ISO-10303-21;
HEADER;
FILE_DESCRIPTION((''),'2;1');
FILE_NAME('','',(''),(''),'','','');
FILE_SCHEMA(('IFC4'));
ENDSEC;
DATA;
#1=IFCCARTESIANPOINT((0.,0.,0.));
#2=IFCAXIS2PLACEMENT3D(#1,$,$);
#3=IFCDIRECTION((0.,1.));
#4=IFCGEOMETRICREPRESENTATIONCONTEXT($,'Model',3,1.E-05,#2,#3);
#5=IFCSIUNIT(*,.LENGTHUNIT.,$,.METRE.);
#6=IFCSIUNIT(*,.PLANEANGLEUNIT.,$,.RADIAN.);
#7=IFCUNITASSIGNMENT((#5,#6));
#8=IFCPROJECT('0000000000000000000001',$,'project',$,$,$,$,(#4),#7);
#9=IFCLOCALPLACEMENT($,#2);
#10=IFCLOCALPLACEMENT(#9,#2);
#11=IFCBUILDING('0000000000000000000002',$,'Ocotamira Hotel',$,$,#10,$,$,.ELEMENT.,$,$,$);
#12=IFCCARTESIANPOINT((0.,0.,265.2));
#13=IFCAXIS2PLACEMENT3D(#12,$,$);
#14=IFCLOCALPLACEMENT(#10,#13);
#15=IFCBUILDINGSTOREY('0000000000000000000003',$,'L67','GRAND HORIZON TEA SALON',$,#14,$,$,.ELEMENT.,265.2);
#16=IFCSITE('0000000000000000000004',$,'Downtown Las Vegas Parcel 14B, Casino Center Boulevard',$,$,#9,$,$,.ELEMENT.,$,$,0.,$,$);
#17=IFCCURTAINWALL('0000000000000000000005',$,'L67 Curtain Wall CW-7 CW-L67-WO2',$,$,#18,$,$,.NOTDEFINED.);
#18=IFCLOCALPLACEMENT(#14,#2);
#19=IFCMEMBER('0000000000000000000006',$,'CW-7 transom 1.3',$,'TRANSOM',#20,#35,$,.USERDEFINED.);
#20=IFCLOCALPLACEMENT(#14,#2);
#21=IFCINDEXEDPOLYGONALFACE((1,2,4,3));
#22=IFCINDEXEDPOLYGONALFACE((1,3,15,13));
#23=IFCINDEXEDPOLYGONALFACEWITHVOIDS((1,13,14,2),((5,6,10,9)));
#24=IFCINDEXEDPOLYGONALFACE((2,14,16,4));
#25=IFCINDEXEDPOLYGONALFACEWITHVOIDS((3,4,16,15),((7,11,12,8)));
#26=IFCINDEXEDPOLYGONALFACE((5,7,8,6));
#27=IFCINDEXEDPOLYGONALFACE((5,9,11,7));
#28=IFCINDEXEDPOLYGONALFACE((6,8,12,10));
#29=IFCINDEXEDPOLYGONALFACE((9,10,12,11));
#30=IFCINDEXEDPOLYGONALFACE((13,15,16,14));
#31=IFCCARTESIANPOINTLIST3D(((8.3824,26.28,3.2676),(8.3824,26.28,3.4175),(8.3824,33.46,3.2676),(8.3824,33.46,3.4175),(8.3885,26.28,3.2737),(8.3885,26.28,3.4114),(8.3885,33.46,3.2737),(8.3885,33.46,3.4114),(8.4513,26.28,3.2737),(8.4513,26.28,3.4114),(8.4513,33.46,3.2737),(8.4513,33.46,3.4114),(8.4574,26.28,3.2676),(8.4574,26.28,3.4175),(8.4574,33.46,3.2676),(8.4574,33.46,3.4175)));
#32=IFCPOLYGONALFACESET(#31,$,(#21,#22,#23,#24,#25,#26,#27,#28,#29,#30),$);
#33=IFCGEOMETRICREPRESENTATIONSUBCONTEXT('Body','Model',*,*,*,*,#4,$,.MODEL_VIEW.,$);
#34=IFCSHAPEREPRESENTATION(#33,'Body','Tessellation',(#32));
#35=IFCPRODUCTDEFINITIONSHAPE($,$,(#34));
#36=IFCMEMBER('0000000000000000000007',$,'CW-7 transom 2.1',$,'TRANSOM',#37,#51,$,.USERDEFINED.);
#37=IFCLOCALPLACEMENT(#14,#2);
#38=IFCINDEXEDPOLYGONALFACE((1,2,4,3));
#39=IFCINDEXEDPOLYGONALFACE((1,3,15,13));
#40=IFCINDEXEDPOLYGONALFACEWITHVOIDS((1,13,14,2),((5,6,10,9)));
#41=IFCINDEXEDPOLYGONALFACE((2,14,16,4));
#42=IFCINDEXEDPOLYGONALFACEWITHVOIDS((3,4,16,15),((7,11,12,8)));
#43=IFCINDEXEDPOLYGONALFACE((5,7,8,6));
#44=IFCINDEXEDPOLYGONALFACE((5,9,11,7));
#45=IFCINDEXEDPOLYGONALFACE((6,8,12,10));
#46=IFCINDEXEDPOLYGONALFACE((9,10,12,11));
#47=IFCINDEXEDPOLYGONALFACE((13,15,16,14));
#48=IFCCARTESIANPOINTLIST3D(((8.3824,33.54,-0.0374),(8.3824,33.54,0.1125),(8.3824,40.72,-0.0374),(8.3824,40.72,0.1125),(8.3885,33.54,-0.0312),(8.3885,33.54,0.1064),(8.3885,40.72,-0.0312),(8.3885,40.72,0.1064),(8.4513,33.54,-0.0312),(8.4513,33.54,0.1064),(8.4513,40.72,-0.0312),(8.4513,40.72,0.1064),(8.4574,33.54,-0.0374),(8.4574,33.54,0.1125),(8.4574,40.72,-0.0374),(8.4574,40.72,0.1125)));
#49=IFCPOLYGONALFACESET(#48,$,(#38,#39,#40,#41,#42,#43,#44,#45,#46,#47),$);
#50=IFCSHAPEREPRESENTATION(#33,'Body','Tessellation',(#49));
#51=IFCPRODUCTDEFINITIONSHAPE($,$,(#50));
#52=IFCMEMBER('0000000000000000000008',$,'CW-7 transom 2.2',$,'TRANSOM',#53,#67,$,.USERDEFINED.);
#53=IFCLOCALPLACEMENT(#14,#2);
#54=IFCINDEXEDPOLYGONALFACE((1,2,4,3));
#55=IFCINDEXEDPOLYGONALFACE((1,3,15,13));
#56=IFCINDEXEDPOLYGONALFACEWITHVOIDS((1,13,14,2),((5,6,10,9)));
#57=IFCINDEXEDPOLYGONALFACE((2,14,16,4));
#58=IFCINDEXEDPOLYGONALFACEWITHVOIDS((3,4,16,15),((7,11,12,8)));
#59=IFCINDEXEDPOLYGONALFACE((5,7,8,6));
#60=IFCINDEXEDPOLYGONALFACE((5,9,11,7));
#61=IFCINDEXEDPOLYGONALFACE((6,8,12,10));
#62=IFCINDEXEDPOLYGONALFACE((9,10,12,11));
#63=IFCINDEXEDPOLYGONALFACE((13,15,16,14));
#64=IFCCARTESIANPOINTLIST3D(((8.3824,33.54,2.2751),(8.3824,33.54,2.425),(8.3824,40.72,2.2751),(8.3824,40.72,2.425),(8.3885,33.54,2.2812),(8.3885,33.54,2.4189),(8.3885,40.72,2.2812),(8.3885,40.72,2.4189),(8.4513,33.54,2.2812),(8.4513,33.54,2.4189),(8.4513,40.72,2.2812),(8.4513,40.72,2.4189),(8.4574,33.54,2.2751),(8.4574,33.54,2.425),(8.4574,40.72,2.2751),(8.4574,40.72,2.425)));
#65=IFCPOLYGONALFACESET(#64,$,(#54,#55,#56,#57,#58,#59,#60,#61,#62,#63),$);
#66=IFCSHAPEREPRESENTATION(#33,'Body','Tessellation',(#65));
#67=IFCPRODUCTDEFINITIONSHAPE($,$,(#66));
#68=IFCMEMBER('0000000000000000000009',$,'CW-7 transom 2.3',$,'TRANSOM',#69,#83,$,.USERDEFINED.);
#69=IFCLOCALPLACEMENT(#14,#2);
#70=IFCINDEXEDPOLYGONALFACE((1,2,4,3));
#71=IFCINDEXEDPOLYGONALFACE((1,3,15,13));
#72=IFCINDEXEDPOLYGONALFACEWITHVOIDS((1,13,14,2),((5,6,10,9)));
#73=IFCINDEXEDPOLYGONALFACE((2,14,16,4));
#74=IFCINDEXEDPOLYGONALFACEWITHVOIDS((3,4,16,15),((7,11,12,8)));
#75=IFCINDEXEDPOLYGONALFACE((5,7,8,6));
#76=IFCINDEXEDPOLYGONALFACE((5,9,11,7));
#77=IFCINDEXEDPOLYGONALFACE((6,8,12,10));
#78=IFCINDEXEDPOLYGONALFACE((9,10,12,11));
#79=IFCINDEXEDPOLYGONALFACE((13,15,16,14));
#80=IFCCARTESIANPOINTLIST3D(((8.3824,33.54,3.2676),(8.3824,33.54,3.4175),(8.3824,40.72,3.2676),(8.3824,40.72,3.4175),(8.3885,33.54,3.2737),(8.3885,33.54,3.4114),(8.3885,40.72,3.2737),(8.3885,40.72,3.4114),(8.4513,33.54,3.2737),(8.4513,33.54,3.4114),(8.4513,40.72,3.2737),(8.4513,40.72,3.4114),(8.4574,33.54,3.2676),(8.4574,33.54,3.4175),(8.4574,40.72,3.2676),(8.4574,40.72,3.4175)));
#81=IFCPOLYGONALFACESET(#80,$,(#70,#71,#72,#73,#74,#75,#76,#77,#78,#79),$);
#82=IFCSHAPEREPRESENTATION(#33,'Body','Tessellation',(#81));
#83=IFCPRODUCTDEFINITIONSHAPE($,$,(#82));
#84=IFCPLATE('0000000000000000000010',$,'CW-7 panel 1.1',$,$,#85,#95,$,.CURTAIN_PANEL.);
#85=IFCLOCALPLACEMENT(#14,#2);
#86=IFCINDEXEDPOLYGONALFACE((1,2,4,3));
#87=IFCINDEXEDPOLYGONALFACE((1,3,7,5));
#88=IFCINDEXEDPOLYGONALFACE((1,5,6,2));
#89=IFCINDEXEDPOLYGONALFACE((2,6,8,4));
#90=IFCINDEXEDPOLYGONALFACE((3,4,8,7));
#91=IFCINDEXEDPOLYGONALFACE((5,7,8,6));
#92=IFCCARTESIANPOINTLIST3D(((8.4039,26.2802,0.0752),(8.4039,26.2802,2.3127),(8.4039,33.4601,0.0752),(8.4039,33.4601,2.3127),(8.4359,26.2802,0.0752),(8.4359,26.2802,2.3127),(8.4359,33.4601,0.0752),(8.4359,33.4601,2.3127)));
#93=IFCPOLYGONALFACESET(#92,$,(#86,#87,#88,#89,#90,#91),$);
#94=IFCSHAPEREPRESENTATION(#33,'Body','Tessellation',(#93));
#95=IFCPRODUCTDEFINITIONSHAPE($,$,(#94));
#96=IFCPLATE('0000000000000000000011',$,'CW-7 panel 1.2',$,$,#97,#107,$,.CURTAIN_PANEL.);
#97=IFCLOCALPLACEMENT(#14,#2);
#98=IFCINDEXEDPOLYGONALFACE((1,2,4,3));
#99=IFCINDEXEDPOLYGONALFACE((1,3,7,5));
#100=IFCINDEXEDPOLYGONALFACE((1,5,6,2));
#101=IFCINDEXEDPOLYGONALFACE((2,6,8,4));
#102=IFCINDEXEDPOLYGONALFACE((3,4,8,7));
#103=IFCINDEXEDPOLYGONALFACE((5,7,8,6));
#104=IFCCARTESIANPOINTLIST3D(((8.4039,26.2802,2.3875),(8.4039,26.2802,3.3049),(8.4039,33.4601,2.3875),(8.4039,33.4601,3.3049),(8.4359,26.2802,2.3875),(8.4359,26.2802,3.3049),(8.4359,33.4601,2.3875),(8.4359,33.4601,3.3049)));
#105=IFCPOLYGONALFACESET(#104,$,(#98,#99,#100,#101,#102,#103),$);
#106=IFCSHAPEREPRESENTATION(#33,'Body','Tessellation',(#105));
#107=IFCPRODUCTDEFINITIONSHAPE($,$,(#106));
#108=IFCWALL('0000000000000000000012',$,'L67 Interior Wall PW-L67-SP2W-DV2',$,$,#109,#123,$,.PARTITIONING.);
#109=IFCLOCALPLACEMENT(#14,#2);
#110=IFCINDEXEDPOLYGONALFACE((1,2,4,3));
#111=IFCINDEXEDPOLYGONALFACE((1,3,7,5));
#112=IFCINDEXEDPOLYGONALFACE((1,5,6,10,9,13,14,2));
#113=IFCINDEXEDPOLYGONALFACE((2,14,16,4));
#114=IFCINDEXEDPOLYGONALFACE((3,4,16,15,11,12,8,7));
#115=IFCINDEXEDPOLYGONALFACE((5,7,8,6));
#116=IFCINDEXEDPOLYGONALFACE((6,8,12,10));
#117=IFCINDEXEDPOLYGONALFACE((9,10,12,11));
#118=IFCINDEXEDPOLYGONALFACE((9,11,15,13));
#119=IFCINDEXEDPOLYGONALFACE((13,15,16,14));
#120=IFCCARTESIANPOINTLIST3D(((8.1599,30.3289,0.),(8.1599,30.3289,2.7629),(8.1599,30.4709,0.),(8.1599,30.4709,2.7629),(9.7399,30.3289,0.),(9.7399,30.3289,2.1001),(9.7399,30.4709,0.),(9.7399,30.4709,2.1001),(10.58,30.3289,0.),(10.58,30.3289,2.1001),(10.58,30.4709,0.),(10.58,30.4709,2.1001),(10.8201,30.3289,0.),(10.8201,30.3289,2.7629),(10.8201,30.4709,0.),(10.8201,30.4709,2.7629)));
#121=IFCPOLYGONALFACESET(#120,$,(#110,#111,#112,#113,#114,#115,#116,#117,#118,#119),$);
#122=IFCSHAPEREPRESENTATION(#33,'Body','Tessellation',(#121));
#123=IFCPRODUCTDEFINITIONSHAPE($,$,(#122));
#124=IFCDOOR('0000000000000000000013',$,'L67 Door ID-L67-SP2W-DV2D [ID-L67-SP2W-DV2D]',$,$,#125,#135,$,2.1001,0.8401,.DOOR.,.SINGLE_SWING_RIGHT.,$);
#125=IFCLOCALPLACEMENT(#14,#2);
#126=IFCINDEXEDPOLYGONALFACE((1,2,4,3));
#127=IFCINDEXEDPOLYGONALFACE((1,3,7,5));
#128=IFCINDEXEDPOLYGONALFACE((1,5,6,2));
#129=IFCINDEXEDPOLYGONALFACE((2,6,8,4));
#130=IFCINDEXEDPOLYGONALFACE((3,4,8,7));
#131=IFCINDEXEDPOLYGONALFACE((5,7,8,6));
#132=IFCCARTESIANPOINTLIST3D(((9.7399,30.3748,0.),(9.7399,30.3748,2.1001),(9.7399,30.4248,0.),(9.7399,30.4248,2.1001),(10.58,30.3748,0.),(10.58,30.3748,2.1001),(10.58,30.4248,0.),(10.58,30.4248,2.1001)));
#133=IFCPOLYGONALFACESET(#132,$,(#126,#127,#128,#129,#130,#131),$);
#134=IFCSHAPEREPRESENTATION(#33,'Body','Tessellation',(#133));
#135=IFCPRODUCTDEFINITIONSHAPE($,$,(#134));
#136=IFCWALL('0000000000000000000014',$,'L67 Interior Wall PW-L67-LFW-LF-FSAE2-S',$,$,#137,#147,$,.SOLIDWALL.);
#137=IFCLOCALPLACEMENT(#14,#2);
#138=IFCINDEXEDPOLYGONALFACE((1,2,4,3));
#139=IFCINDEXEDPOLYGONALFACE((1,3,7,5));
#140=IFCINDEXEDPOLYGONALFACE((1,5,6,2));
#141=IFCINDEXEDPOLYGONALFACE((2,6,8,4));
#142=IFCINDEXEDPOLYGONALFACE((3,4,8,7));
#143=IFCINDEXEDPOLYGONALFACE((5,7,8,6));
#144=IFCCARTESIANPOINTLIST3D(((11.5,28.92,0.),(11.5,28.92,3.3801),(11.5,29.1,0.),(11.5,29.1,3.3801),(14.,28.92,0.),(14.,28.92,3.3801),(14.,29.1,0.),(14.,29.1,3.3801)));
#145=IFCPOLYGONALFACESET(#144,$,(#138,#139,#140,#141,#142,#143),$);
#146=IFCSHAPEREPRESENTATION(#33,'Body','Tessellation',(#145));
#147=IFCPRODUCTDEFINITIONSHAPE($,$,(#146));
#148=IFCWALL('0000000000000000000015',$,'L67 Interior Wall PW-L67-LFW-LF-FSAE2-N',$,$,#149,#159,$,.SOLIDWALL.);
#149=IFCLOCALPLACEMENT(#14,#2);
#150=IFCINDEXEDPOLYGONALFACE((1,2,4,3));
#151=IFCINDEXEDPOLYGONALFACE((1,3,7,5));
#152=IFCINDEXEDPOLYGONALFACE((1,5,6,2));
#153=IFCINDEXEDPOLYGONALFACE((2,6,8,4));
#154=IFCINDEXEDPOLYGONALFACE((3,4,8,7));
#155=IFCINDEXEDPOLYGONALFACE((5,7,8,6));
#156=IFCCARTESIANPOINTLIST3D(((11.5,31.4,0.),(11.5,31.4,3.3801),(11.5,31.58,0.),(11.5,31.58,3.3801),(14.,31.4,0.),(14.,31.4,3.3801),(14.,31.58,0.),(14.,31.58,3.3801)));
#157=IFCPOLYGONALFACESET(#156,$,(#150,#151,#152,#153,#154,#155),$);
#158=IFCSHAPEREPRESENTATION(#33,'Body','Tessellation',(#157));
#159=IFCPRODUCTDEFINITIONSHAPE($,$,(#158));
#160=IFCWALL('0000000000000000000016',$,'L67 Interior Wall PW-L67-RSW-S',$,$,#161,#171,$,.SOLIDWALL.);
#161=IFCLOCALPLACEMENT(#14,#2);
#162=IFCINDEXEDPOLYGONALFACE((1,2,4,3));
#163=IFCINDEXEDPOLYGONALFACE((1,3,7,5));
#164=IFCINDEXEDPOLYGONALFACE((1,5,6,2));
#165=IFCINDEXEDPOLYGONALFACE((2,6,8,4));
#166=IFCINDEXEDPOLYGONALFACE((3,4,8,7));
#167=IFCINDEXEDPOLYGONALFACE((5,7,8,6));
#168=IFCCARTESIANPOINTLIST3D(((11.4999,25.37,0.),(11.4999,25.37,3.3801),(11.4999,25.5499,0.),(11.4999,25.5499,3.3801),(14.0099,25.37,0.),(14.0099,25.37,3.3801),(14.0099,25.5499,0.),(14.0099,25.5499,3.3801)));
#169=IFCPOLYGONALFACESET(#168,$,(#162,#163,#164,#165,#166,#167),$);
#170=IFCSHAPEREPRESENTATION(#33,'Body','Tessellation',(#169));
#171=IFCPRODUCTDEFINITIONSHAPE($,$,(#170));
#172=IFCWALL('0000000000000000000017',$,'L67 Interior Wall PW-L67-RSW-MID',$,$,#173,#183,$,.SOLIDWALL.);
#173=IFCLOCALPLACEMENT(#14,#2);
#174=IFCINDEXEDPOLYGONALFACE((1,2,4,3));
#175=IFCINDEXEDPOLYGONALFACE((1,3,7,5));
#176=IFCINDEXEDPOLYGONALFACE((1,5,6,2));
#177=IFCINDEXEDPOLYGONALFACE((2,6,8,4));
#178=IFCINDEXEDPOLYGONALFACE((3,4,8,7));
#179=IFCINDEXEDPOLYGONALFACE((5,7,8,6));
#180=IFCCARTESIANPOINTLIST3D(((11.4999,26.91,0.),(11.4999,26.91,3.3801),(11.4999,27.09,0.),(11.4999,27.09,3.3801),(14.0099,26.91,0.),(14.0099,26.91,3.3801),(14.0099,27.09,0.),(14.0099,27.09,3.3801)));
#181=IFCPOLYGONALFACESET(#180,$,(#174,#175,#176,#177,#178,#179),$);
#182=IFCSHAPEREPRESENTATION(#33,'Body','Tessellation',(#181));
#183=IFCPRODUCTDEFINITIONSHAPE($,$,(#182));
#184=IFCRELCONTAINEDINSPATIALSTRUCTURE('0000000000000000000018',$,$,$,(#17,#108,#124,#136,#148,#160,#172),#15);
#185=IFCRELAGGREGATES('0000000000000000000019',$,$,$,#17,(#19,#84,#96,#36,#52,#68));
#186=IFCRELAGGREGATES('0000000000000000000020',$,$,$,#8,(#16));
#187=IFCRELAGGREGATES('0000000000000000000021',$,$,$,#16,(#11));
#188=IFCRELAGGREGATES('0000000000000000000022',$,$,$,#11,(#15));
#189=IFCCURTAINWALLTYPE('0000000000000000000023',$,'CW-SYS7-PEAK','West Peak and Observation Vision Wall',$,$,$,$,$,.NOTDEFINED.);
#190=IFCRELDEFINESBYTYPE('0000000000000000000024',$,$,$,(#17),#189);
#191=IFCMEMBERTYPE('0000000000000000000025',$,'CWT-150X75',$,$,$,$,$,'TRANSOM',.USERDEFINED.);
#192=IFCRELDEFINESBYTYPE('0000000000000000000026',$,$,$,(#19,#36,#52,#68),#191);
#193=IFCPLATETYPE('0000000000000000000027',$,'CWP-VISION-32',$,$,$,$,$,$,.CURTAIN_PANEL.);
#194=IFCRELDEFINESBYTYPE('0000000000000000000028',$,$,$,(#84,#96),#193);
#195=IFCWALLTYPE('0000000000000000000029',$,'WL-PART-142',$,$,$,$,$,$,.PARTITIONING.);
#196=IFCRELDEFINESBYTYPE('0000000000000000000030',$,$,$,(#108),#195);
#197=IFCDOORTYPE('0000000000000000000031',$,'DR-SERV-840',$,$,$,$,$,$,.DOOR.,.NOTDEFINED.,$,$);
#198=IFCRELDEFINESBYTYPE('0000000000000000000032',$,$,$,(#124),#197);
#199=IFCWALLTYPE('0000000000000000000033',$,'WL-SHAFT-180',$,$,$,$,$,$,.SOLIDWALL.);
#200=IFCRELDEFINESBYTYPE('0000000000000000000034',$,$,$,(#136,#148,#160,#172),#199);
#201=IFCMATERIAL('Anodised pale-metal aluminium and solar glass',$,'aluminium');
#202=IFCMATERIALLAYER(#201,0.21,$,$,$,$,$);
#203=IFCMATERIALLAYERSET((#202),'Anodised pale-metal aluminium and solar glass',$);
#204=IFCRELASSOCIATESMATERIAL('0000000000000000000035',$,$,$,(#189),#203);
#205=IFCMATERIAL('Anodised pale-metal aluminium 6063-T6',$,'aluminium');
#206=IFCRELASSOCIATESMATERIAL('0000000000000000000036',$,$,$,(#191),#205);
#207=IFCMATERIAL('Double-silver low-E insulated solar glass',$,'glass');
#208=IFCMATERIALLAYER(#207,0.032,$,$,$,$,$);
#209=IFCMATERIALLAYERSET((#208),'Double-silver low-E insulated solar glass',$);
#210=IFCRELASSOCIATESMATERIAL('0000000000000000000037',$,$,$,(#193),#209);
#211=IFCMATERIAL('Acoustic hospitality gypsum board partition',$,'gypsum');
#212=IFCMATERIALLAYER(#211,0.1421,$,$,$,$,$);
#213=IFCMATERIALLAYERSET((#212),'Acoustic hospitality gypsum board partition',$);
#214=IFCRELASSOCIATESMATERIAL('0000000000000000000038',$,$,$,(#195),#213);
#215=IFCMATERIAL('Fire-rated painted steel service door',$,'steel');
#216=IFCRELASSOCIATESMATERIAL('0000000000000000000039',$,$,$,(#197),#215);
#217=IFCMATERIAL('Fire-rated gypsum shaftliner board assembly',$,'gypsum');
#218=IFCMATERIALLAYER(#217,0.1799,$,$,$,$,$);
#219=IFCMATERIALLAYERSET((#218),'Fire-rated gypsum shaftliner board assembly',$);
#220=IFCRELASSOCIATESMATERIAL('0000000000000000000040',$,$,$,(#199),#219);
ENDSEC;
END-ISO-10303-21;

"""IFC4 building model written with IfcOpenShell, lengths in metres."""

from ifc_helpers import new_model, si_unit, direction, frame, frame_2d, origin, origin_2d, place, context, subcontext, project, spatial, rectangle, hollow_rectangle, extrude, source, transform, mapped, material, layer, layer_set, material_profile, profile_set, type_object, element, fill, aggregate, save


model = new_model("IFC4")

# Units and contexts
model_context = context("Model", 3, precision=1e-05, world=origin(), true_north=direction((0.0, 1.0)))
body_context = subcontext(model_context, "Body", "Model", "MODEL_VIEW")
ifc_project = project(units=[si_unit("LENGTHUNIT", "METRE"), si_unit("PLANEANGLEUNIT", "RADIAN")], contexts=[model_context])

# Site, building, storey
site_placement = place(None, origin())
site = spatial("IfcSite", under=ifc_project, at=site_placement, Name="Downtown Las Vegas Parcel 14B, Casino Center Boulevard", CompositionType="ELEMENT", RefElevation=0.0)
building_placement = place(site_placement, origin())
building = spatial("IfcBuilding", under=site, at=building_placement, Name="Ocotamira Hotel", CompositionType="ELEMENT")
storey_placement = place(building_placement, frame((0.0, 0.0, 265.2)))
storey = spatial("IfcBuildingStorey", under=building, at=storey_placement, Name="L67", Description="GRAND HORIZON TEA SALON", CompositionType="ELEMENT", Elevation=265.2)

# Shared definitions
ifc_material_1 = material(Name="Anodised pale-metal aluminium and solar glass", Category="aluminium")
ifc_layer_1 = layer(ifc_material_1, 0.21)
ifc_layer_set_1 = layer_set([ifc_layer_1], Name="Anodised pale-metal aluminium and solar glass")
curtain_wall_type = type_object("IfcCurtainWallType", Name="CW-SYS7-PEAK", Description="West Peak and Observation Vision Wall", PredefinedType="NOTDEFINED", material=ifc_layer_set_1)
ifc_material_2 = material(Name="Anodised pale-metal aluminium 6063-T6", Category="aluminium")

# Curtain wall, members, plates
curtain_wall_1_placement = place(storey_placement, origin())
curtain_wall_1 = element("IfcCurtainWall", 1, at=curtain_wall_1_placement, inside=storey, type_object=curtain_wall_type, Name="L67 Curtain Wall CW-7 CW-L67-WO2", PredefinedType="NOTDEFINED")
ifc_material_profile_1 = material_profile(ifc_material_2, hollow_rectangle(XDim=0.075, YDim=0.1499, WallThickness=0.0061, at=origin_2d()), Name="HSS150X75X6")
ifc_profile_set_1 = profile_set([ifc_material_profile_1], Name="Anodised pale-metal aluminium 6063-T6")
member_type_1 = type_object("IfcMemberType", Name="CWT-150X75", ElementType="TRANSOM", PredefinedType="USERDEFINED", material=ifc_profile_set_1)
shared_shape_1 = source(origin(), body_context, "Body", "SweptSolid", [
    extrude(hollow_rectangle(XDim=0.075, YDim=0.1499, WallThickness=0.0061, at=origin_2d()), origin(), (0.0, 0.0, 1.0), 7.1799),
])
member_1_placement = place(storey_placement, frame((8.4199, 26.28, 3.3425), z_axis=(0.0, 1.0, 0.0), x_axis=(-1.0, 0.0, 0.0)))
member_1 = element("IfcMember", 2, at=member_1_placement, type_object=member_type_1, Name="CW-7 transom 1.3", ObjectType="TRANSOM", PredefinedType="USERDEFINED", context=body_context, shape_type="MappedRepresentation", body=[
    mapped(shared_shape_1, transform((0.0, 0.0, 0.0), scale=1.0)),
])
member_2_placement = place(storey_placement, frame((8.4199, 33.54, 0.0376), z_axis=(0.0, 1.0, 0.0), x_axis=(-1.0, 0.0, 0.0)))
member_2 = element("IfcMember", 3, at=member_2_placement, type_object=member_type_1, Name="CW-7 transom 2.1", ObjectType="TRANSOM", PredefinedType="USERDEFINED", context=body_context, shape_type="MappedRepresentation", body=[
    mapped(shared_shape_1, transform((0.0, 0.0, 0.0), scale=1.0)),
])
member_3_placement = place(storey_placement, frame((8.4199, 33.54, 2.3501), z_axis=(0.0, 1.0, 0.0), x_axis=(-1.0, 0.0, 0.0)))
member_3 = element("IfcMember", 4, at=member_3_placement, type_object=member_type_1, Name="CW-7 transom 2.2", ObjectType="TRANSOM", PredefinedType="USERDEFINED", context=body_context, shape_type="MappedRepresentation", body=[
    mapped(shared_shape_1, transform((0.0, 0.0, 0.0), scale=1.0)),
])
member_4_placement = place(storey_placement, frame((8.4199, 33.54, 3.3425), z_axis=(0.0, 1.0, 0.0), x_axis=(-1.0, 0.0, 0.0)))
member_4 = element("IfcMember", 5, at=member_4_placement, type_object=member_type_1, Name="CW-7 transom 2.3", ObjectType="TRANSOM", PredefinedType="USERDEFINED", context=body_context, shape_type="MappedRepresentation", body=[
    mapped(shared_shape_1, transform((0.0, 0.0, 0.0), scale=1.0)),
])
ifc_material_3 = material(Name="Double-silver low-E insulated solar glass", Category="glass")
ifc_layer_2 = layer(ifc_material_3, 0.032)
ifc_layer_set_2 = layer_set([ifc_layer_2], Name="Double-silver low-E insulated solar glass")
plate_type = type_object("IfcPlateType", Name="CWP-VISION-32", PredefinedType="CURTAIN_PANEL", material=ifc_layer_set_2)
shared_shape_2 = source(origin(), body_context, "Body", "SweptSolid", [
    extrude(rectangle(XDim=7.1799, YDim=0.032, at=origin_2d()), origin(), (0.0, 0.0, 1.0), 2.2375),
])
plate_1_placement = place(storey_placement, frame((8.4199, 29.8701, 0.0752), z_axis=(0.0, 0.0, 1.0), x_axis=(0.0, 1.0, 0.0)))
plate_1 = element("IfcPlate", 6, at=plate_1_placement, type_object=plate_type, Name="CW-7 panel 1.1", PredefinedType="CURTAIN_PANEL", context=body_context, shape_type="MappedRepresentation", body=[
    mapped(shared_shape_2, transform((0.0, 0.0, 0.0), scale=1.0)),
])
shared_shape_3 = source(origin(), body_context, "Body", "SweptSolid", [
    extrude(rectangle(XDim=7.1799, YDim=0.032, at=origin_2d()), origin(), (0.0, 0.0, 1.0), 0.9175),
])
plate_2_placement = place(storey_placement, frame((8.4199, 29.8701, 2.3875), z_axis=(0.0, 0.0, 1.0), x_axis=(0.0, 1.0, 0.0)))
plate_2 = element("IfcPlate", 7, at=plate_2_placement, type_object=plate_type, Name="CW-7 panel 1.2", PredefinedType="CURTAIN_PANEL", context=body_context, shape_type="MappedRepresentation", body=[
    mapped(shared_shape_3, transform((0.0, 0.0, 0.0), scale=1.0)),
])
aggregate(curtain_wall_1, [member_1, plate_1, plate_2, member_2, member_3, member_4])

# Wall, opening, door
ifc_material_4 = material(Name="Acoustic hospitality gypsum board partition", Category="gypsum")
ifc_layer_3 = layer(ifc_material_4, 0.1421)
ifc_layer_set_3 = layer_set([ifc_layer_3], Name="Acoustic hospitality gypsum board partition")
wall_type_1 = type_object("IfcWallType", Name="WL-PART-142", PredefinedType="PARTITIONING", material=ifc_layer_set_3)
wall_1_placement = place(storey_placement, frame((8.1599, 30.3999, 0.0), z_axis=(0.0, 0.0, 1.0), x_axis=(1.0, 0.0, 0.0)))
wall_1 = element("IfcWall", 8, at=wall_1_placement, inside=storey, type_object=wall_type_1, Name="L67 Interior Wall PW-L67-SP2W-DV2", PredefinedType="PARTITIONING", context=body_context, shape_type="SweptSolid", body=[
    extrude(rectangle(XDim=2.6602, YDim=0.1421, at=frame_2d((1.3301, 0.0))), origin(), (0.0, 0.0, 1.0), 2.7629),
])
opening_1_placement = place(wall_1_placement, frame((1.5801, 0.0, 0.0)))
opening_1 = element("IfcOpeningElement", 9, at=opening_1_placement, cuts=wall_1, PredefinedType="OPENING", context=body_context, shape_type="SweptSolid", body=[
    extrude(rectangle(XDim=0.8401, YDim=2.1001, at=frame_2d((0.4199, 1.05))), frame((0.0, 0.0811, 0.0), z_axis=(0.0, -1.0, 0.0), x_axis=(1.0, 0.0, 0.0)), (0.0, 0.0, 1.0), 0.1621),
])
ifc_material_5 = material(Name="Fire-rated painted steel service door", Category="steel")
door_type_1 = type_object("IfcDoorType", Name="DR-SERV-840", OperationType="NOTDEFINED", PredefinedType="DOOR", material=ifc_material_5)
shared_shape_4 = source(origin(), body_context, "Body", "SweptSolid", [
    extrude(rectangle(XDim=0.8401, YDim=2.1001, at=frame_2d((0.4199, 1.05))), frame((0.0, 0.0249, 0.0), z_axis=(0.0, -1.0, 0.0), x_axis=(1.0, 0.0, 0.0)), (0.0, 0.0, 1.0), 0.05),
])
door_1_placement = place(opening_1_placement, origin())
door_1 = element("IfcDoor", 10, at=door_1_placement, inside=storey, type_object=door_type_1, Name="L67 Door ID-L67-SP2W-DV2D [ID-L67-SP2W-DV2D]", OperationType="SINGLE_SWING_RIGHT", OverallHeight=2.1001, OverallWidth=0.8401, PredefinedType="DOOR", context=body_context, shape_type="MappedRepresentation", body=[
    mapped(shared_shape_4, transform((0.0, 0.0, 0.0), scale=1.0)),
])
fill(opening_1, door_1)

# Walls
ifc_material_6 = material(Name="Fire-rated gypsum shaftliner board assembly", Category="gypsum")
ifc_layer_4 = layer(ifc_material_6, 0.1799)
ifc_layer_set_4 = layer_set([ifc_layer_4], Name="Fire-rated gypsum shaftliner board assembly")
wall_type_2 = type_object("IfcWallType", Name="WL-SHAFT-180", PredefinedType="SOLIDWALL", material=ifc_layer_set_4)
for number, where, z_axis, x_axis, name in (
    (11, (11.5, 29.01, 0.0), (0.0, 0.0, 1.0), (1.0, 0.0, 0.0), "L67 Interior Wall PW-L67-LFW-LF-FSAE2-S"),
    (12, (11.5, 31.49, 0.0), (0.0, 0.0, 1.0), (1.0, 0.0, 0.0), "L67 Interior Wall PW-L67-LFW-LF-FSAE2-N"),
):
    element("IfcWall", number, at=place(storey_placement, frame(where, z_axis=z_axis, x_axis=x_axis)), inside=storey, type_object=wall_type_2, Name=name, PredefinedType="SOLIDWALL", context=body_context, shape_type="SweptSolid", body=[
        extrude(rectangle(XDim=2.5, YDim=0.1799, at=frame_2d((1.25, 0.0))), origin(), (0.0, 0.0, 1.0), 3.3801),
    ])
for number, where, z_axis, x_axis, name in (
    (13, (11.5, 25.46, 0.0), (0.0, 0.0, 1.0), (1.0, 0.0, 0.0), "L67 Interior Wall PW-L67-RSW-S"),
    (14, (11.5, 27.0, 0.0), (0.0, 0.0, 1.0), (1.0, 0.0, 0.0), "L67 Interior Wall PW-L67-RSW-MID"),
):
    element("IfcWall", number, at=place(storey_placement, frame(where, z_axis=z_axis, x_axis=x_axis)), inside=storey, type_object=wall_type_2, Name=name, PredefinedType="SOLIDWALL", context=body_context, shape_type="SweptSolid", body=[
        extrude(rectangle(XDim=2.51, YDim=0.1799, at=frame_2d((1.2549, 0.0))), origin(), (0.0, 0.0, 1.0), 3.3801),
    ])

save(model, "model.ifc")
